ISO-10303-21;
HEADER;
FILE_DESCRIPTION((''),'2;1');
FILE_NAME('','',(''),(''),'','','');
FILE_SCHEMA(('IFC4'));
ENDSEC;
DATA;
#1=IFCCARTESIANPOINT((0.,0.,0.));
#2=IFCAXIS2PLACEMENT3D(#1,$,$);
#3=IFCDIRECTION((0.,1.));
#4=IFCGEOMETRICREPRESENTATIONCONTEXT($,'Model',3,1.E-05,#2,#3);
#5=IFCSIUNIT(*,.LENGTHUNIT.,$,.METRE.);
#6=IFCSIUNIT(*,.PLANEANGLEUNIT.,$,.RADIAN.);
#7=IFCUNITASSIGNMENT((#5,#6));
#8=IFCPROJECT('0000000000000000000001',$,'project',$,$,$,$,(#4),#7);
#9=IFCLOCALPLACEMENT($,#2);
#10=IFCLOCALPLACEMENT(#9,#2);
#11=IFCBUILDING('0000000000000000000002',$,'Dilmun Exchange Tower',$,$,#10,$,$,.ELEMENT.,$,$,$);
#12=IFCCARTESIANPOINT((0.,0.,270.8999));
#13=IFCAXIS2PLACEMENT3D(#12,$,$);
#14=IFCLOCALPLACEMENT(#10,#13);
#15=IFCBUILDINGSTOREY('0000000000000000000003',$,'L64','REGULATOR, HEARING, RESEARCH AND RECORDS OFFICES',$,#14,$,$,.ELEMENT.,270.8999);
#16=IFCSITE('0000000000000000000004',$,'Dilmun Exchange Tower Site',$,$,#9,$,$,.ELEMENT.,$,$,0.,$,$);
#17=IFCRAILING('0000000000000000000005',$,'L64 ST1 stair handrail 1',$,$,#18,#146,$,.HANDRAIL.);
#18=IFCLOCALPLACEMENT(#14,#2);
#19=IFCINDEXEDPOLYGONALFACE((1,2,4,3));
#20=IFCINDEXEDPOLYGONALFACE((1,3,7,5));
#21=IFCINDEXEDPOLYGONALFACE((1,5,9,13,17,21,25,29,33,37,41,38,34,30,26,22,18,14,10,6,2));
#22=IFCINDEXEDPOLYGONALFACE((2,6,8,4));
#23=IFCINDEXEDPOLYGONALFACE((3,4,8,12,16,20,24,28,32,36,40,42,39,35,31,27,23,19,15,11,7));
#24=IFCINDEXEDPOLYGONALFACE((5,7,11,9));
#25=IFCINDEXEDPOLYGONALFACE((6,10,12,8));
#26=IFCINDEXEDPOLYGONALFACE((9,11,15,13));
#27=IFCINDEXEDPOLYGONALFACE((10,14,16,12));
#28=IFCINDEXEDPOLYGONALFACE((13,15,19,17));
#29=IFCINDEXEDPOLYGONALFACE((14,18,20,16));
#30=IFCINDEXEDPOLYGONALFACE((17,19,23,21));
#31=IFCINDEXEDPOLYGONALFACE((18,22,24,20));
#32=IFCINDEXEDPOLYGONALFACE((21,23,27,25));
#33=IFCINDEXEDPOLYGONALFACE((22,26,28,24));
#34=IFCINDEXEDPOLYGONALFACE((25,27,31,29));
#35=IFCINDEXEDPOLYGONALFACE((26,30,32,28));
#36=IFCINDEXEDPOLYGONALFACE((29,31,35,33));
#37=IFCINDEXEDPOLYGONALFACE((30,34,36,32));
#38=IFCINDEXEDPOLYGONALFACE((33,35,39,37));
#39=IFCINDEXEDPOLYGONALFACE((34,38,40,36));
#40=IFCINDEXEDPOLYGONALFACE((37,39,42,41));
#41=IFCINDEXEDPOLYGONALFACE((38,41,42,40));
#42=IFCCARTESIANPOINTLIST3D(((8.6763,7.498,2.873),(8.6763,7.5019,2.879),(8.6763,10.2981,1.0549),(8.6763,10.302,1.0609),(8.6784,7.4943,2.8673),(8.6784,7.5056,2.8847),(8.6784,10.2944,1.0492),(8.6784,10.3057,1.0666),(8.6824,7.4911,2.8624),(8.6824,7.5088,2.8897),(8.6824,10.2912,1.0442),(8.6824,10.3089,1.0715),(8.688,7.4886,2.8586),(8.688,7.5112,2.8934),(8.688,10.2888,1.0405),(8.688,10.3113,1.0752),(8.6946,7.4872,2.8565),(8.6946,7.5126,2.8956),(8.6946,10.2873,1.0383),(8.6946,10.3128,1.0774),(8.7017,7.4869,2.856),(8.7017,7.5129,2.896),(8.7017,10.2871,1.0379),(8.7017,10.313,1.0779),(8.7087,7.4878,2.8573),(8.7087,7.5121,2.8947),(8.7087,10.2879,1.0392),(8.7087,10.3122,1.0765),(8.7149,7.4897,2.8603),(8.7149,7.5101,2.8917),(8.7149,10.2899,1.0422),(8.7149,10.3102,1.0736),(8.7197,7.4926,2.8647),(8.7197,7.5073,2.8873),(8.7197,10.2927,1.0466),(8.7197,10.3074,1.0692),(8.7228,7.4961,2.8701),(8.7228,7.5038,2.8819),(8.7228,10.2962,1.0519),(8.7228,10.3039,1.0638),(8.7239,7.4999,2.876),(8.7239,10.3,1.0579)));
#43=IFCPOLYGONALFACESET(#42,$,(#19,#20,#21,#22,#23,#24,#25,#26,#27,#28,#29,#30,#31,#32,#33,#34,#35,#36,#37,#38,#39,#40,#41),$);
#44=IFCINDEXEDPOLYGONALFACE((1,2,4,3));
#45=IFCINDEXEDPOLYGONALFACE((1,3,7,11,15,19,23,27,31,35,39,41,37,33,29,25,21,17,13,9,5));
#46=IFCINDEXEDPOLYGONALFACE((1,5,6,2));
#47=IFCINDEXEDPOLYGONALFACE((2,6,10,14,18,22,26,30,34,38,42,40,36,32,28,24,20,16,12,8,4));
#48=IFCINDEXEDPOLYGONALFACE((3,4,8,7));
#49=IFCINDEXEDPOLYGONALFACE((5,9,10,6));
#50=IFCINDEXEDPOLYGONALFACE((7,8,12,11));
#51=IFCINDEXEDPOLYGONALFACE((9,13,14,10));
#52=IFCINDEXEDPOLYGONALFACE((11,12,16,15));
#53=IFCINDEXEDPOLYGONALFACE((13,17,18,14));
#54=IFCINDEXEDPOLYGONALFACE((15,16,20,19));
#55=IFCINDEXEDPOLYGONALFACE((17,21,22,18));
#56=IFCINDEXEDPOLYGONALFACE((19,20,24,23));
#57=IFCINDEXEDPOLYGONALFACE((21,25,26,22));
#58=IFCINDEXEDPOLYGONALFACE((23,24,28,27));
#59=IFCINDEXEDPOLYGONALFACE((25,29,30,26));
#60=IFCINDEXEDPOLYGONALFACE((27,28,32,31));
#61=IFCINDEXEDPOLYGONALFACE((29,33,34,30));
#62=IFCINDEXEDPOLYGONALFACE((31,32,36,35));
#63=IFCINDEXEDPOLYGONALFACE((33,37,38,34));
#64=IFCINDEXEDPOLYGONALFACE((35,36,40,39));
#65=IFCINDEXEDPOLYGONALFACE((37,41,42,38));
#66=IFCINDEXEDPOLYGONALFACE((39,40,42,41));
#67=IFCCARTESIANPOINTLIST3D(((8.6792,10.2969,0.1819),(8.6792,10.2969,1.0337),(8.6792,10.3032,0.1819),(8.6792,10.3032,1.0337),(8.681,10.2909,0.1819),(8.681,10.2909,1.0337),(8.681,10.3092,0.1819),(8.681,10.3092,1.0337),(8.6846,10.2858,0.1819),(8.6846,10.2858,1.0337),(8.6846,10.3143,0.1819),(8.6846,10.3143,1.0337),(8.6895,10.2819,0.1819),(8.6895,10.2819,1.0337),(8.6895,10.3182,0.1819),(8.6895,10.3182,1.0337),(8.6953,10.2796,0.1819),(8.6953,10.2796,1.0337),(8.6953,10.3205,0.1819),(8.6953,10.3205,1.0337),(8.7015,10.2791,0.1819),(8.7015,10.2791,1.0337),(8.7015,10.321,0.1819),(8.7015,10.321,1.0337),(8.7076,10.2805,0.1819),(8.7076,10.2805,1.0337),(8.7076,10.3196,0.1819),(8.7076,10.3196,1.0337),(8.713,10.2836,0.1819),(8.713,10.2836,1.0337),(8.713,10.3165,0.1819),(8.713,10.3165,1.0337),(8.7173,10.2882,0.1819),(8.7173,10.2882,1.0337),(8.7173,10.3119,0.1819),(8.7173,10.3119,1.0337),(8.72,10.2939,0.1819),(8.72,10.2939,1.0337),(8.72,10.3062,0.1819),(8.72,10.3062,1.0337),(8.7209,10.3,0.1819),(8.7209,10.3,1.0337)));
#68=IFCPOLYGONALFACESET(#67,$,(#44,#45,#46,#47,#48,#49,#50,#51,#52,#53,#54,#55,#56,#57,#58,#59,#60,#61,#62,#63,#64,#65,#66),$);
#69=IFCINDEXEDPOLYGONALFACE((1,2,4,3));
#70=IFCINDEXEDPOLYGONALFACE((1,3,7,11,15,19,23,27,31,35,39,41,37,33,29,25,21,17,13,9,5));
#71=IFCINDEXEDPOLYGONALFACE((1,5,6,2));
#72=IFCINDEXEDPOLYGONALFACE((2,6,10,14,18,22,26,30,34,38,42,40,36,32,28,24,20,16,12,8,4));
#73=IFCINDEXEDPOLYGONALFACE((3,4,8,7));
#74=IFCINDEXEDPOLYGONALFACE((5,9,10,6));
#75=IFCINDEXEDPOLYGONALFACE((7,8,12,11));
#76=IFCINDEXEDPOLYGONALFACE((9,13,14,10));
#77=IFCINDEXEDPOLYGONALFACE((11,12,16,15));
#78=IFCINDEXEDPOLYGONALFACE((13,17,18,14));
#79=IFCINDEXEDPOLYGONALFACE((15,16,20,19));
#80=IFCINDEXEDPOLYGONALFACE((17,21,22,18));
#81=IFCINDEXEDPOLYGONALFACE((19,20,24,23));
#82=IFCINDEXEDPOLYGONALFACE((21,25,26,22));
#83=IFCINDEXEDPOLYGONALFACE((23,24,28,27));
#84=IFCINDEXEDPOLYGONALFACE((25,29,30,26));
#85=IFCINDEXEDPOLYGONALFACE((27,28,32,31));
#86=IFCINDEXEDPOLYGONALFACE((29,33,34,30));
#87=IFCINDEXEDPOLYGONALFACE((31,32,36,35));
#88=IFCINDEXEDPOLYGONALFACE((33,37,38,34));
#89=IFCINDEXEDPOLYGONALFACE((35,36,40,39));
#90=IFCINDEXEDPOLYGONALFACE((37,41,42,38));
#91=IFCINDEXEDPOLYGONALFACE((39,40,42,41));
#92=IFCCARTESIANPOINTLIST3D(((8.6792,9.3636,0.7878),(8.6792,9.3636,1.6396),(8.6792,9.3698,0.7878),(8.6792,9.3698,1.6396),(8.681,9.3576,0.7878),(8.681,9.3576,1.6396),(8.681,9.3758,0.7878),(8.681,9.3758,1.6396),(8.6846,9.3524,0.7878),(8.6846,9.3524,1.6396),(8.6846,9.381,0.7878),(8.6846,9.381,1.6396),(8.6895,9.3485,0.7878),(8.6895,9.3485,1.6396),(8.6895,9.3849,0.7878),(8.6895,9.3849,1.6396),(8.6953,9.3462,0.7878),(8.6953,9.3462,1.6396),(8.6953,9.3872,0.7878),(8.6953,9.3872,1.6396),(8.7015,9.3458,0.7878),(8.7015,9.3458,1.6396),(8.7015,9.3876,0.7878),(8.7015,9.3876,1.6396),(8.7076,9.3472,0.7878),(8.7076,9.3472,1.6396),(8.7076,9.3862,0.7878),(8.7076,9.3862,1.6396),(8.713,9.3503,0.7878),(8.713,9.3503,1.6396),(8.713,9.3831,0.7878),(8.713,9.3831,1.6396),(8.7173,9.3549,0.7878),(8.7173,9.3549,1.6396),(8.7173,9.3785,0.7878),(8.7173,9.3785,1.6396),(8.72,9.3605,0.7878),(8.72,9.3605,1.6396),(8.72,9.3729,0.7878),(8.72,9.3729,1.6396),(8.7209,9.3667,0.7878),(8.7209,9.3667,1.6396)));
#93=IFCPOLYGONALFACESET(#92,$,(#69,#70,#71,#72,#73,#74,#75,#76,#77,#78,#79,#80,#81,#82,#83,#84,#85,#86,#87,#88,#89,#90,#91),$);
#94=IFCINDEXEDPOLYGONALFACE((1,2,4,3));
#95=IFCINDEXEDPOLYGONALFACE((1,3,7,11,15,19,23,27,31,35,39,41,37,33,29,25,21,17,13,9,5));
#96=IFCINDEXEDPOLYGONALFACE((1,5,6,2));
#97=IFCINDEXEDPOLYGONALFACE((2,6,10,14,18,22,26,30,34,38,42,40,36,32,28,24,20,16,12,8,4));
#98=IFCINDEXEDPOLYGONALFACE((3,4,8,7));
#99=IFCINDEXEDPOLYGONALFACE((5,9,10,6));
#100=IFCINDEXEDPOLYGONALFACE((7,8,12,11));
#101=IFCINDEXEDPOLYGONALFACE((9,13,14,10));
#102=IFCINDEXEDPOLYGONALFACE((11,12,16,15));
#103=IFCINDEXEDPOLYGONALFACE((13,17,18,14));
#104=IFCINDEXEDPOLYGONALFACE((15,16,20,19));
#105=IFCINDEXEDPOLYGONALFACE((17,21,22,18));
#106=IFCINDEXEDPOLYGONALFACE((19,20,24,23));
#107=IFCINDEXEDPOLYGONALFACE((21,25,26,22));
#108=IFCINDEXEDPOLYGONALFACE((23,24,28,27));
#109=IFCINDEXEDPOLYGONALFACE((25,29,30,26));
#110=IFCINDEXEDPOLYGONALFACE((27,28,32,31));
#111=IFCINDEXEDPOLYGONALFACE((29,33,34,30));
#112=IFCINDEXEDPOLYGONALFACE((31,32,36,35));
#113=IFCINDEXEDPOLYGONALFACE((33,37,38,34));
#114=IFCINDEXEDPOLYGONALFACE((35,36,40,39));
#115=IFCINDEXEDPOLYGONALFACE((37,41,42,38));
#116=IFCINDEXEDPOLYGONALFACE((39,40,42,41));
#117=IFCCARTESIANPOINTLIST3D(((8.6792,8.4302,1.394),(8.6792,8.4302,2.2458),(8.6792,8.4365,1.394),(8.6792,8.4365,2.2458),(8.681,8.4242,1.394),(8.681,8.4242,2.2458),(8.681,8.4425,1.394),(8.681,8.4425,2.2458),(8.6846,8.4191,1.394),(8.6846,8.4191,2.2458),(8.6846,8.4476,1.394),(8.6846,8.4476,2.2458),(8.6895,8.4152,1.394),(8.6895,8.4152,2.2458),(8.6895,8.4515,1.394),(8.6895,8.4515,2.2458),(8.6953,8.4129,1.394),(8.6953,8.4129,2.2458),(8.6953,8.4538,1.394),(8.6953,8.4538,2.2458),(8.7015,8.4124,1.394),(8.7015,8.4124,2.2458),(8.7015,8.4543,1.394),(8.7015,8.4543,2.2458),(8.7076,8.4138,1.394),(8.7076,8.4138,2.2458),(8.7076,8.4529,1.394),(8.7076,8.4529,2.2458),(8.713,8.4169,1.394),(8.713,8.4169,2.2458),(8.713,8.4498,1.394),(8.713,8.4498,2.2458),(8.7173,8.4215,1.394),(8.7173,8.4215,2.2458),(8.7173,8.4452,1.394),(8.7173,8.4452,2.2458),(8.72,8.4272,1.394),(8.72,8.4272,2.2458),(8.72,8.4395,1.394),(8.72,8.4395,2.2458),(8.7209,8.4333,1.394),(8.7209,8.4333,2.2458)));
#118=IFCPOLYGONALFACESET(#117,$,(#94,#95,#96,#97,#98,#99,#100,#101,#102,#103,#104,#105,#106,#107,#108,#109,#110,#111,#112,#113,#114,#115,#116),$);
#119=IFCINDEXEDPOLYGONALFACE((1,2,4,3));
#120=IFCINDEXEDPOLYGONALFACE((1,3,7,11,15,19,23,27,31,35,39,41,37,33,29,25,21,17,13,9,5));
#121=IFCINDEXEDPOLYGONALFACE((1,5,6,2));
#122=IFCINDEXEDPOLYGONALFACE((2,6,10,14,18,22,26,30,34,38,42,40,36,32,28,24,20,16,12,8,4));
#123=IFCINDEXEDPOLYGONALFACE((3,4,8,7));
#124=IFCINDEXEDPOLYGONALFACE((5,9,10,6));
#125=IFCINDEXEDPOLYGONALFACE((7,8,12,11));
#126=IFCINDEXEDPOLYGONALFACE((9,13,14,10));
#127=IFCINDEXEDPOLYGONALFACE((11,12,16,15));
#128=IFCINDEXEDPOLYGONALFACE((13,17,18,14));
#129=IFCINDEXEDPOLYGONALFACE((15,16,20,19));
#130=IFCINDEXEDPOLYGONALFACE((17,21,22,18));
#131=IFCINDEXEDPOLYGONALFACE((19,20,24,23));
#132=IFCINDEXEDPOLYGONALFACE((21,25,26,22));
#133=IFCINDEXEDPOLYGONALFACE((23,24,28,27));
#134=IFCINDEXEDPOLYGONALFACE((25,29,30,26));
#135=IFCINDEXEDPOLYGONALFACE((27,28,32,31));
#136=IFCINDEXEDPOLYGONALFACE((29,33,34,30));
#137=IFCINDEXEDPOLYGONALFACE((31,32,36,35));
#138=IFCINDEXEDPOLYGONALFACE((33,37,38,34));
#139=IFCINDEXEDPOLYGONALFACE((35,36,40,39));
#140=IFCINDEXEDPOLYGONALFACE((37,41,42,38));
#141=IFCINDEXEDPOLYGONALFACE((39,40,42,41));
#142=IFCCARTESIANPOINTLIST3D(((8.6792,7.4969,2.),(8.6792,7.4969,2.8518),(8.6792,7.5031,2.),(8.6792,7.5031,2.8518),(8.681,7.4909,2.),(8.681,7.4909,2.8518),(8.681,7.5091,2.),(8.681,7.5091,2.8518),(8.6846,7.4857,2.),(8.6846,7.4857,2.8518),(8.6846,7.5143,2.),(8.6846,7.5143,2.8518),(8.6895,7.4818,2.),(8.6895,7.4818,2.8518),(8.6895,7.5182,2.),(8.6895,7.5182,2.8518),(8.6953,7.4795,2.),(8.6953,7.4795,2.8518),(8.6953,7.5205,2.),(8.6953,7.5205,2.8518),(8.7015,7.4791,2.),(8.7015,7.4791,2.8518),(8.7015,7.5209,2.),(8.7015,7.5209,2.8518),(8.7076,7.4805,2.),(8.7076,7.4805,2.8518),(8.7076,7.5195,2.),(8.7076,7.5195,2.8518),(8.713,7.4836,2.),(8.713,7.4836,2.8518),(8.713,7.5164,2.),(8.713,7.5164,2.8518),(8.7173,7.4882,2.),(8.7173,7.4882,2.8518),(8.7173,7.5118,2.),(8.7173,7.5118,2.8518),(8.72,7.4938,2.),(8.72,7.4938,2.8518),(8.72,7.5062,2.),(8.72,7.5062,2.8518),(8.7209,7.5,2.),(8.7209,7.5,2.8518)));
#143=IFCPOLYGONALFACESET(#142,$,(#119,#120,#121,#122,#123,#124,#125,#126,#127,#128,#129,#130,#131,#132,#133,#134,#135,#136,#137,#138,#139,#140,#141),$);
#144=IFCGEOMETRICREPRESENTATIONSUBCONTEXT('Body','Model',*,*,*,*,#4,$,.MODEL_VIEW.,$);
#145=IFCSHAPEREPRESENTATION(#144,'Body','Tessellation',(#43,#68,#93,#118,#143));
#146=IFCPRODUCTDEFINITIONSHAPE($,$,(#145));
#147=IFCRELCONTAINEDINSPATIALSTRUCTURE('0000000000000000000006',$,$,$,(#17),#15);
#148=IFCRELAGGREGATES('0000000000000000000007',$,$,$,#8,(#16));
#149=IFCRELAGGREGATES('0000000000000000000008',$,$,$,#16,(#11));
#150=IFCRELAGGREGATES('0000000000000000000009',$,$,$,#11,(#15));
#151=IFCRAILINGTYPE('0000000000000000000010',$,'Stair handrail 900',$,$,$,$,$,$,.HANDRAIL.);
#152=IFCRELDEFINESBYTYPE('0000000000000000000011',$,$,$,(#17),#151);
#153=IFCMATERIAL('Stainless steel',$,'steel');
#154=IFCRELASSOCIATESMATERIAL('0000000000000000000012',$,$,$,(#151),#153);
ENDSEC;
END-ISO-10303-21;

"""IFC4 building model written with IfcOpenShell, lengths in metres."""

from ifc_helpers import new_model, si_unit, direction, frame, origin, origin_2d, place, context, subcontext, project, spatial, circle, extrude, material, type_object, element, save


model = new_model("IFC4")

# Units and contexts
model_context = context("Model", 3, precision=1e-05, world=origin(), true_north=direction((0.0, 1.0)))
body_context = subcontext(model_context, "Body", "Model", "MODEL_VIEW")
ifc_project = project(units=[si_unit("LENGTHUNIT", "METRE"), si_unit("PLANEANGLEUNIT", "RADIAN")], contexts=[model_context])

# Site, building, storey
site_placement = place(None, origin())
site = spatial("IfcSite", under=ifc_project, at=site_placement, Name="Dilmun Exchange Tower Site", CompositionType="ELEMENT", RefElevation=0.0)
building_placement = place(site_placement, origin())
building = spatial("IfcBuilding", under=site, at=building_placement, Name="Dilmun Exchange Tower", CompositionType="ELEMENT")
storey_placement = place(building_placement, frame((0.0, 0.0, 270.8999)))
storey = spatial("IfcBuildingStorey", under=building, at=storey_placement, Name="L64", Description="REGULATOR, HEARING, RESEARCH AND RECORDS OFFICES", CompositionType="ELEMENT", Elevation=270.8999)

# Railing
ifc_material_1 = material(Name="Stainless steel", Category="steel")
railing_type = type_object("IfcRailingType", Name="Stair handrail 900", PredefinedType="HANDRAIL", material=ifc_material_1)
railing_placement = place(storey_placement, frame((8.7, 10.3, 0.1819)))
element("IfcRailing", 1, at=railing_placement, inside=storey, type_object=railing_type, Name="L64 ST1 stair handrail 1", PredefinedType="HANDRAIL", context=body_context, shape_type="SweptSolid", body=[
    extrude(circle(Radius=0.0239, at=origin_2d()), frame((0.0, 0.0, 0.876), z_axis=(0.0, -0.838706, 0.544585), x_axis=(1.0, 0.0, 0.0)), (0.0, 0.0, 1.0), 3.3386),
    extrude(circle(Radius=0.021, at=origin_2d()), origin(), (0.0, 0.0, 1.0), 0.8518),
    extrude(circle(Radius=0.021, at=origin_2d()), frame((0.0, -0.9333, 0.606)), (0.0, 0.0, 1.0), 0.8518),
    extrude(circle(Radius=0.021, at=origin_2d()), frame((0.0, -1.8667, 1.2122)), (0.0, 0.0, 1.0), 0.8518),
    extrude(circle(Radius=0.021, at=origin_2d()), frame((0.0, -2.8, 1.8181)), (0.0, 0.0, 1.0), 0.8518),
])

save(model, "model.ifc")
